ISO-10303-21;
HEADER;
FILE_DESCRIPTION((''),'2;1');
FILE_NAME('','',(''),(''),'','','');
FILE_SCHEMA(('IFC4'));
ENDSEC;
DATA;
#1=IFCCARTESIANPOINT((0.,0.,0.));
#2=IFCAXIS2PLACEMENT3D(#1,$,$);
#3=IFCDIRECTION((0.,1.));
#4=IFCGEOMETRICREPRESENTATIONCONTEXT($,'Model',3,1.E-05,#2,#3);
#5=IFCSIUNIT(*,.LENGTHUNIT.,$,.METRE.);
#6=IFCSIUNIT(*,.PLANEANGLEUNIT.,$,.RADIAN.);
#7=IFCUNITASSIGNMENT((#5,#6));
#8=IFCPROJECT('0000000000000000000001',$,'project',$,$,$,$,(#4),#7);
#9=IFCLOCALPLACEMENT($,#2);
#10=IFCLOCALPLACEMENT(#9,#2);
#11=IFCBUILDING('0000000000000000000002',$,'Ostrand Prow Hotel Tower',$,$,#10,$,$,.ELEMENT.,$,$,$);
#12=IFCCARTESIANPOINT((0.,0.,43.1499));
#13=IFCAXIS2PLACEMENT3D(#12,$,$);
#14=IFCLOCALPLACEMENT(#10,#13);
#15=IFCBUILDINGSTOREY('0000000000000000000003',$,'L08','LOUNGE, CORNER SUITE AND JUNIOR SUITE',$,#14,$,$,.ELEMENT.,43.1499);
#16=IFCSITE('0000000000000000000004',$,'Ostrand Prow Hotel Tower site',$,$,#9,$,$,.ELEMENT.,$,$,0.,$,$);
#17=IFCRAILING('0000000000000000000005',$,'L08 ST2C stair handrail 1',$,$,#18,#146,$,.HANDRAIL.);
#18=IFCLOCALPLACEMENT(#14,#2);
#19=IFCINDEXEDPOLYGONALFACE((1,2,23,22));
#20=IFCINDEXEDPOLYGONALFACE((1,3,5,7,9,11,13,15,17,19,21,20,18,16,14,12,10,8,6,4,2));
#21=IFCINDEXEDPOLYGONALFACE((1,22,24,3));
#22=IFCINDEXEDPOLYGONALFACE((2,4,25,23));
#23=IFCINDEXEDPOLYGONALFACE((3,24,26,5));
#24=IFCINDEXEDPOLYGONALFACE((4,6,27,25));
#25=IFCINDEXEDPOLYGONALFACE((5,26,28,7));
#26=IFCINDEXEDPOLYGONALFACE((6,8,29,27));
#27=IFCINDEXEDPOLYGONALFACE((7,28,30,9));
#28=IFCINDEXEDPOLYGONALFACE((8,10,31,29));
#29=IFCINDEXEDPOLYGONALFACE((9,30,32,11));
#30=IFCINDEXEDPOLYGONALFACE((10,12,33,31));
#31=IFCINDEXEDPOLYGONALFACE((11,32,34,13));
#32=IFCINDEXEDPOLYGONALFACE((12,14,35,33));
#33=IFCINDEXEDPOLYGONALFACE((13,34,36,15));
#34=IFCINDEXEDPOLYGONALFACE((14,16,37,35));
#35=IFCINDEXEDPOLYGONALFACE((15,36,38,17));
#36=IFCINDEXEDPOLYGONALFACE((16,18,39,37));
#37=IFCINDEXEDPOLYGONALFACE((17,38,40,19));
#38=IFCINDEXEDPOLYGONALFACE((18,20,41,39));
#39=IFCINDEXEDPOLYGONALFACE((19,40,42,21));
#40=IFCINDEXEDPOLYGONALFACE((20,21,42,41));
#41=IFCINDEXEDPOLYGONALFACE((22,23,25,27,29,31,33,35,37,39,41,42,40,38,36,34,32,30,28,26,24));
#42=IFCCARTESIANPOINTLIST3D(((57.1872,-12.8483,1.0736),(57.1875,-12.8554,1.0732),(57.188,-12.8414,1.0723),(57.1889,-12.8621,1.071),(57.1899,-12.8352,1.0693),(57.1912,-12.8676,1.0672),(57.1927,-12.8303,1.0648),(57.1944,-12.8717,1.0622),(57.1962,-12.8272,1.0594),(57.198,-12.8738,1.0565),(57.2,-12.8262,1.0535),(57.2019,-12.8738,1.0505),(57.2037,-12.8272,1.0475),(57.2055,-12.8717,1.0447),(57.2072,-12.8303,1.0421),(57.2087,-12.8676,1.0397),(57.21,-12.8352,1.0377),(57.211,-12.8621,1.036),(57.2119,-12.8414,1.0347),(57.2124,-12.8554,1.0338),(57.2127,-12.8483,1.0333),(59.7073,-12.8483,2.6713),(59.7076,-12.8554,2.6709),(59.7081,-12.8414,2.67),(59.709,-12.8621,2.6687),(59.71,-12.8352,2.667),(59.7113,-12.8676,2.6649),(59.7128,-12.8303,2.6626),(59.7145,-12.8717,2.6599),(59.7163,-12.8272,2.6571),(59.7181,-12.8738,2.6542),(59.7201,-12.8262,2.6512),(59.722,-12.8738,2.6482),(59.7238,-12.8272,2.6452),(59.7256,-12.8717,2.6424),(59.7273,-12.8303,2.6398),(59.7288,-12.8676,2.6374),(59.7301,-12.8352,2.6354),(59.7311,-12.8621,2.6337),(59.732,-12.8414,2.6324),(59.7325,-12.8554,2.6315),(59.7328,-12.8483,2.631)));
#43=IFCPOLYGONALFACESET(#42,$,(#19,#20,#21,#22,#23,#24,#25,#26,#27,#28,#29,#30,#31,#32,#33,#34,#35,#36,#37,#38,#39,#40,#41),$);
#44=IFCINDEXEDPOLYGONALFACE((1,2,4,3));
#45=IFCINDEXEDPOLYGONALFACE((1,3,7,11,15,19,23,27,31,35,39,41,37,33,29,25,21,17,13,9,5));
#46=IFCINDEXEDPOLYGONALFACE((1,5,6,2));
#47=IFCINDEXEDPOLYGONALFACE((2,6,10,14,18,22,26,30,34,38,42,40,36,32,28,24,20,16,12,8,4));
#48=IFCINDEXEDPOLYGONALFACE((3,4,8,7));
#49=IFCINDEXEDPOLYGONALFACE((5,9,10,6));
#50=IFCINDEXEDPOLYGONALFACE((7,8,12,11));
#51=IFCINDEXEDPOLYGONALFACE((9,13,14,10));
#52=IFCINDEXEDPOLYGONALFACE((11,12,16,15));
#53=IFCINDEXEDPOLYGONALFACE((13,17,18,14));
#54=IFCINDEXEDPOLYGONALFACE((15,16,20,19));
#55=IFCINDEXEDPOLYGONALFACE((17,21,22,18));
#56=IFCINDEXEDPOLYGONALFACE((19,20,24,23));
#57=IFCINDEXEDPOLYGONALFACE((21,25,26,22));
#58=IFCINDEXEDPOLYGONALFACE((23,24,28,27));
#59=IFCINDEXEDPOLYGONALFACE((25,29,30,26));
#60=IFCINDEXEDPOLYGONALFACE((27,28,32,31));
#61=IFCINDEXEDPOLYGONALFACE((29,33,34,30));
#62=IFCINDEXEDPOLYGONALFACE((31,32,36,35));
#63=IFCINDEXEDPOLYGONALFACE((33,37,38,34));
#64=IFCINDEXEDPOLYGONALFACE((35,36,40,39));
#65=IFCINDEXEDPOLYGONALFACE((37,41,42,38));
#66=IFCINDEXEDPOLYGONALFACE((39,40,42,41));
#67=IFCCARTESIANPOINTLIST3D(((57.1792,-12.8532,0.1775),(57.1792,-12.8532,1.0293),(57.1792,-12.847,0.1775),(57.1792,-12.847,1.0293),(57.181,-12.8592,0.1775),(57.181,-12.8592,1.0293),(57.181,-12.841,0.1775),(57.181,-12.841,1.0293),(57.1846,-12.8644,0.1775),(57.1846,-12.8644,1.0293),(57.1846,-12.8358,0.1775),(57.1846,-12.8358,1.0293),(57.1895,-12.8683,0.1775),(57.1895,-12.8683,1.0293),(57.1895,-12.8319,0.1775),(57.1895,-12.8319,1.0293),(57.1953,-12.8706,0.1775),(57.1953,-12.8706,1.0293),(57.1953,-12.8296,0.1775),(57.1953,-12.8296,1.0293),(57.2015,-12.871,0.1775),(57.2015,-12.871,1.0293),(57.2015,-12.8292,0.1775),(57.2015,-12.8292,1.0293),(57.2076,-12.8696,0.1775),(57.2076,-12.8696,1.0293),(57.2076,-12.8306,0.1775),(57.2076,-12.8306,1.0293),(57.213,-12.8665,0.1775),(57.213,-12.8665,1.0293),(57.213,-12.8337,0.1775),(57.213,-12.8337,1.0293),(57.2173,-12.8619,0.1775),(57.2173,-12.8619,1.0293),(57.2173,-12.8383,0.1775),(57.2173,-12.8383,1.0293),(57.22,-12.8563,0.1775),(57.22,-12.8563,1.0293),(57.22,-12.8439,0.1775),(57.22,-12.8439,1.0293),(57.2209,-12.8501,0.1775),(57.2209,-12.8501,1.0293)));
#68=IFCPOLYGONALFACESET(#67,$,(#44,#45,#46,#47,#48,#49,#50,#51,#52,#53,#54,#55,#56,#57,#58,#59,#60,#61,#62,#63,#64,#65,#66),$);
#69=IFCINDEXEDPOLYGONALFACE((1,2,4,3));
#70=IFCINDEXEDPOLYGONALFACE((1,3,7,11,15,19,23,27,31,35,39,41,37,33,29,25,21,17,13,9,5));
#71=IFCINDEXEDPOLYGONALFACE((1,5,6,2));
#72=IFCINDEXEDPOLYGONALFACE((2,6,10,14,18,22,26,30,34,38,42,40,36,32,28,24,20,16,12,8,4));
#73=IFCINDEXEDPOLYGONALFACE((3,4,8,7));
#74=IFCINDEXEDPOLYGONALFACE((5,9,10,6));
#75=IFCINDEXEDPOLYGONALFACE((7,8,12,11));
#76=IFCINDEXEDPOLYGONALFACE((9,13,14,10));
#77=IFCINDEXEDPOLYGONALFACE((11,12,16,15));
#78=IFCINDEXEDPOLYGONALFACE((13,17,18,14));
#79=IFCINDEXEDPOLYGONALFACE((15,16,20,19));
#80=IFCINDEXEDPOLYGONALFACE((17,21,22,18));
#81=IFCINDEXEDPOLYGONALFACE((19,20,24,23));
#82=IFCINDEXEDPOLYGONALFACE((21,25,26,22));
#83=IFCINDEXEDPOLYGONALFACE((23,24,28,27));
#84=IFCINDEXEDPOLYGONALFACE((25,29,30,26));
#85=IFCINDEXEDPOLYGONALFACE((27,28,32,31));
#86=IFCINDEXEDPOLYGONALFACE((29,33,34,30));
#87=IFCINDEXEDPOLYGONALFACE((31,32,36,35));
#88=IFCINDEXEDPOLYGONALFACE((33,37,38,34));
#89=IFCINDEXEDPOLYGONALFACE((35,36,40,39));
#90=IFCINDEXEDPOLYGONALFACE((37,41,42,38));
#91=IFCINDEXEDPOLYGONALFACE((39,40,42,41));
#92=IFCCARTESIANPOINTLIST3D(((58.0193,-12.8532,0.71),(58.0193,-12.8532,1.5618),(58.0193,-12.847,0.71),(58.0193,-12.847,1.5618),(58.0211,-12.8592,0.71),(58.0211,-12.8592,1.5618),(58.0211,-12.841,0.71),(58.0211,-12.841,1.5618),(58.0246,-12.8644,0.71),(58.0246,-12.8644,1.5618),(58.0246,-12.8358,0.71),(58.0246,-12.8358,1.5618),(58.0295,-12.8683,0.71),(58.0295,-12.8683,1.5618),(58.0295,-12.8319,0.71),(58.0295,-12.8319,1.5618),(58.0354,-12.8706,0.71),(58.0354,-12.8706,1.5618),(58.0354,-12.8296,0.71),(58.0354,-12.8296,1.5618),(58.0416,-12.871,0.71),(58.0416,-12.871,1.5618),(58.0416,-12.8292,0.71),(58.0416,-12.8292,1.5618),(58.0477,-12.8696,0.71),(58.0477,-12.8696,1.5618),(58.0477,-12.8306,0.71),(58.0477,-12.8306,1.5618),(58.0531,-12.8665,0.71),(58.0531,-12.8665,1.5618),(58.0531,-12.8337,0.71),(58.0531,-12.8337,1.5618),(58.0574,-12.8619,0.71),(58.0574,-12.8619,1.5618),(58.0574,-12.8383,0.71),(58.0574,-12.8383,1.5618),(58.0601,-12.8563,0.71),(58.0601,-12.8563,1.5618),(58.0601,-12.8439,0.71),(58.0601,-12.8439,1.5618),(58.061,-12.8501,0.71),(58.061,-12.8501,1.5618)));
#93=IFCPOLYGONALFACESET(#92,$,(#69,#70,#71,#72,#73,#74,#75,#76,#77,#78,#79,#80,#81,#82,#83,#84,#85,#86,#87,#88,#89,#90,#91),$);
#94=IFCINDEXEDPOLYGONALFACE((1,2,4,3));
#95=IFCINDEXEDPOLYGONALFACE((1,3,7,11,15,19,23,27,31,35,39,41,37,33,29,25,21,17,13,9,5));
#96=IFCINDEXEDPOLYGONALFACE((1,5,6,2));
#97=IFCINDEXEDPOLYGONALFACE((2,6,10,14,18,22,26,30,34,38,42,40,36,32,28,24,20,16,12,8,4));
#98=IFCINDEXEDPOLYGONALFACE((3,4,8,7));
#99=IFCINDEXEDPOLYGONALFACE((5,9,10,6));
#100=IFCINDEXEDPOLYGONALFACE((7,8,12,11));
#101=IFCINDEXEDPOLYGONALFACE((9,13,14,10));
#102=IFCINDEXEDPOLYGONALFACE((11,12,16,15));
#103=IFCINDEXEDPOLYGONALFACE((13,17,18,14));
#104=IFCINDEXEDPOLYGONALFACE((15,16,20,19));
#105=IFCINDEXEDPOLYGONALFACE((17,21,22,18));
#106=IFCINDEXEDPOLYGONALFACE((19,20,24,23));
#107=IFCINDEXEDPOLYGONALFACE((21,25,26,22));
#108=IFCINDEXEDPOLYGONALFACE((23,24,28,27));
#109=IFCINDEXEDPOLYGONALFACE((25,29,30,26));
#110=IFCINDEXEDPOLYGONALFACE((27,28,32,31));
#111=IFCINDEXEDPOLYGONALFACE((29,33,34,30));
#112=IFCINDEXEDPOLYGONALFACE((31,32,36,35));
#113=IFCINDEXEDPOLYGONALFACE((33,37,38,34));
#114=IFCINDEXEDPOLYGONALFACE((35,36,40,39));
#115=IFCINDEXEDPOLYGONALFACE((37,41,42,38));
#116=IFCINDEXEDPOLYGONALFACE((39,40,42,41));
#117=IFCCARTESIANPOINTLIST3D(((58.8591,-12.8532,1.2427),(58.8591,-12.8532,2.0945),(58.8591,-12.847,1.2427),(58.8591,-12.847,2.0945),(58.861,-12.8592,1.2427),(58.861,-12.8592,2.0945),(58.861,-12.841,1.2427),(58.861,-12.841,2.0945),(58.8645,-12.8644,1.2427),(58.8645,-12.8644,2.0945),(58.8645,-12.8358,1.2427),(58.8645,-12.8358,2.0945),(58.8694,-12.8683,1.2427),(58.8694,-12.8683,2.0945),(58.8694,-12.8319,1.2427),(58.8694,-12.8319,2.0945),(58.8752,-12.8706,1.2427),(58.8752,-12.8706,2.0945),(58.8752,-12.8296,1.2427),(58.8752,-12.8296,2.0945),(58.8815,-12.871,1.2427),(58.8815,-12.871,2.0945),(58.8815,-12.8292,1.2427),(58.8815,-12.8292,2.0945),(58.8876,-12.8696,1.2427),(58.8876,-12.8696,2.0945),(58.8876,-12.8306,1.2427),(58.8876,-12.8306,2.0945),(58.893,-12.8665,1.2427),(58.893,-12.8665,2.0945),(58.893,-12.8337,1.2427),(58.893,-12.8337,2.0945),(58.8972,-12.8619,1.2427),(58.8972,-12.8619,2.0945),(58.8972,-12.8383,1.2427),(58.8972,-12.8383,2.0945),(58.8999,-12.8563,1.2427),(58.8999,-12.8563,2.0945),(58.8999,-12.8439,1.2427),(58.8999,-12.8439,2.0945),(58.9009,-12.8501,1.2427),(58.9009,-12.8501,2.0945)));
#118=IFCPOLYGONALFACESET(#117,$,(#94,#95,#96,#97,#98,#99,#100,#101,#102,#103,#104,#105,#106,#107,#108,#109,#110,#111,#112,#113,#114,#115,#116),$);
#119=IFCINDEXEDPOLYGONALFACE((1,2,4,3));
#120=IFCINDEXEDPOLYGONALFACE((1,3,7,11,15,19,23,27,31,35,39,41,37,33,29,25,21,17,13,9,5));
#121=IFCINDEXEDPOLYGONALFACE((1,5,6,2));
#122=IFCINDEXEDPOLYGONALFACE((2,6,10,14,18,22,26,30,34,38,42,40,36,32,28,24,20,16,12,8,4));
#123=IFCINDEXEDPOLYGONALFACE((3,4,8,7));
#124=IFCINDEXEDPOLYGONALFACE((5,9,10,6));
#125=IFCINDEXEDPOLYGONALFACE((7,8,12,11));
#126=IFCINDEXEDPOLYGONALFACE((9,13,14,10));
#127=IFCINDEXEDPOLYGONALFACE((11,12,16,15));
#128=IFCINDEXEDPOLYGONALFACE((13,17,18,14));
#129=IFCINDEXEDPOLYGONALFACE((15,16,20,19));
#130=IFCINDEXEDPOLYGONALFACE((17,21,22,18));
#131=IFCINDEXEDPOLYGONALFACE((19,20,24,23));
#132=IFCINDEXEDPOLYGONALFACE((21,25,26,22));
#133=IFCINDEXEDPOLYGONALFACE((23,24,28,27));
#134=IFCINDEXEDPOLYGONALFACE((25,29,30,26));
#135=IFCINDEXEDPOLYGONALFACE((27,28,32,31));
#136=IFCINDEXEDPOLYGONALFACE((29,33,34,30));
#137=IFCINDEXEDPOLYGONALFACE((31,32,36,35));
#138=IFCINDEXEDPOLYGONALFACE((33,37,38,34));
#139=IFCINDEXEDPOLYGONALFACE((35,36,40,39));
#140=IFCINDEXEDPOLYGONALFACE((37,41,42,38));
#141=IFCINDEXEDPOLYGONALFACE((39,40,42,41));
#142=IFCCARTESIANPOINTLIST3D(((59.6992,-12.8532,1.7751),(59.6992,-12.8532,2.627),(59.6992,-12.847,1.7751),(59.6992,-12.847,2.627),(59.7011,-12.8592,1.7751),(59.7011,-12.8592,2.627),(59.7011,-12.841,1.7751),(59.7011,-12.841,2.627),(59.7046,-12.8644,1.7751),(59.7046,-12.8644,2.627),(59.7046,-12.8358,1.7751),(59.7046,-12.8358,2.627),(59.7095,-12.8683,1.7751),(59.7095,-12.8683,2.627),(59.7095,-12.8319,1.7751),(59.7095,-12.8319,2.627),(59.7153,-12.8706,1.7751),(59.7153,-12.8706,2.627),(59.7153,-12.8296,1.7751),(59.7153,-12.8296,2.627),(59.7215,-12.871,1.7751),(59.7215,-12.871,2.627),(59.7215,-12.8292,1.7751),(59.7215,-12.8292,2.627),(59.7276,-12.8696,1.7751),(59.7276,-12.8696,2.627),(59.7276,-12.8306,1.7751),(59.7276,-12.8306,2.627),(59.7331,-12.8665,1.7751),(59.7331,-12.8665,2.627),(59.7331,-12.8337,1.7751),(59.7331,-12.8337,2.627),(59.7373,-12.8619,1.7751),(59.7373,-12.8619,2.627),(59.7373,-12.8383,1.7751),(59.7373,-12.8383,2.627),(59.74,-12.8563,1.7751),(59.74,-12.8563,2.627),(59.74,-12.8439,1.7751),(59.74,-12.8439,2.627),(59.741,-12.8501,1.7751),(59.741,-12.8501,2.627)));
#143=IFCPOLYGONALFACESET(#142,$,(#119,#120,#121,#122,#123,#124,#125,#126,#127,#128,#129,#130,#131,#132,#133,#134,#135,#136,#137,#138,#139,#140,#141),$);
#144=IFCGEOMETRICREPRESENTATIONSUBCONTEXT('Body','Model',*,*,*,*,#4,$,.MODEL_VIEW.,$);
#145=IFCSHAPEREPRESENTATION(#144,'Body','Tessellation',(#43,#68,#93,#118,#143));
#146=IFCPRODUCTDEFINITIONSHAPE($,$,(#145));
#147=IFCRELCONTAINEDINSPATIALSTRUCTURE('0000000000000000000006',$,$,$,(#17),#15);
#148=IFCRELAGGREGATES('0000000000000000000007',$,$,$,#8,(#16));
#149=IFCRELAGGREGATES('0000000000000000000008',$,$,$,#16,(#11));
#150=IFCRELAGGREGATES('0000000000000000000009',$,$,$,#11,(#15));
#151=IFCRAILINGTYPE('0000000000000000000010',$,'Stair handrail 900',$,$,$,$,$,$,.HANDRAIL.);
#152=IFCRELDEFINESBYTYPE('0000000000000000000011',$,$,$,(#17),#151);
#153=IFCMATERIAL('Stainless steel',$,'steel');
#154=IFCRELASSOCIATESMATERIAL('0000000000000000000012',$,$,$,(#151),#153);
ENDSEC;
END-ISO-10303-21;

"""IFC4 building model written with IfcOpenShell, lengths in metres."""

from ifc_helpers import new_model, si_unit, direction, frame, origin, origin_2d, place, context, subcontext, project, spatial, circle, extrude, material, type_object, element, save


model = new_model("IFC4")

# Units and contexts
model_context = context("Model", 3, precision=1e-05, world=origin(), true_north=direction((0.0, 1.0)))
body_context = subcontext(model_context, "Body", "Model", "MODEL_VIEW")
ifc_project = project(units=[si_unit("LENGTHUNIT", "METRE"), si_unit("PLANEANGLEUNIT", "RADIAN")], contexts=[model_context])

# Site, building, storey
site_placement = place(None, origin())
site = spatial("IfcSite", under=ifc_project, at=site_placement, Name="Ostrand Prow Hotel Tower site", CompositionType="ELEMENT", RefElevation=0.0)
building_placement = place(site_placement, origin())
building = spatial("IfcBuilding", under=site, at=building_placement, Name="Ostrand Prow Hotel Tower", CompositionType="ELEMENT")
storey_placement = place(building_placement, frame((0.0, 0.0, 43.1499)))
storey = spatial("IfcBuildingStorey", under=building, at=storey_placement, Name="L08", Description="LOUNGE, CORNER SUITE AND JUNIOR SUITE", CompositionType="ELEMENT", Elevation=43.1499)

# Railing
ifc_material_1 = material(Name="Stainless steel", Category="steel")
railing_type_1 = type_object("IfcRailingType", Name="Stair handrail 900", PredefinedType="HANDRAIL", material=ifc_material_1)
railing_1_placement = place(storey_placement, frame((57.2, -12.8501, 0.1775)))
element("IfcRailing", 1, at=railing_1_placement, inside=storey, type_object=railing_type_1, Name="L08 ST2C stair handrail 1", PredefinedType="HANDRAIL", context=body_context, shape_type="SweptSolid", body=[
    extrude(circle(Radius=0.0239, at=origin_2d()), frame((0.0, 0.0, 0.876), z_axis=(0.84457, 0.0, 0.535445), x_axis=(0.0, 1.0, 0.0)), (0.0, 0.0, 1.0), 2.9839),
    extrude(circle(Radius=0.021, at=origin_2d()), origin(), (0.0, 0.0, 1.0), 0.8518),
    extrude(circle(Radius=0.021, at=origin_2d()), frame((0.8401, 0.0, 0.5325)), (0.0, 0.0, 1.0), 0.8518),
    extrude(circle(Radius=0.021, at=origin_2d()), frame((1.6799, 0.0, 1.0652)), (0.0, 0.0, 1.0), 0.8518),
    extrude(circle(Radius=0.021, at=origin_2d()), frame((2.52, 0.0, 1.5977)), (0.0, 0.0, 1.0), 0.8518),
])

save(model, "model.ifc")
